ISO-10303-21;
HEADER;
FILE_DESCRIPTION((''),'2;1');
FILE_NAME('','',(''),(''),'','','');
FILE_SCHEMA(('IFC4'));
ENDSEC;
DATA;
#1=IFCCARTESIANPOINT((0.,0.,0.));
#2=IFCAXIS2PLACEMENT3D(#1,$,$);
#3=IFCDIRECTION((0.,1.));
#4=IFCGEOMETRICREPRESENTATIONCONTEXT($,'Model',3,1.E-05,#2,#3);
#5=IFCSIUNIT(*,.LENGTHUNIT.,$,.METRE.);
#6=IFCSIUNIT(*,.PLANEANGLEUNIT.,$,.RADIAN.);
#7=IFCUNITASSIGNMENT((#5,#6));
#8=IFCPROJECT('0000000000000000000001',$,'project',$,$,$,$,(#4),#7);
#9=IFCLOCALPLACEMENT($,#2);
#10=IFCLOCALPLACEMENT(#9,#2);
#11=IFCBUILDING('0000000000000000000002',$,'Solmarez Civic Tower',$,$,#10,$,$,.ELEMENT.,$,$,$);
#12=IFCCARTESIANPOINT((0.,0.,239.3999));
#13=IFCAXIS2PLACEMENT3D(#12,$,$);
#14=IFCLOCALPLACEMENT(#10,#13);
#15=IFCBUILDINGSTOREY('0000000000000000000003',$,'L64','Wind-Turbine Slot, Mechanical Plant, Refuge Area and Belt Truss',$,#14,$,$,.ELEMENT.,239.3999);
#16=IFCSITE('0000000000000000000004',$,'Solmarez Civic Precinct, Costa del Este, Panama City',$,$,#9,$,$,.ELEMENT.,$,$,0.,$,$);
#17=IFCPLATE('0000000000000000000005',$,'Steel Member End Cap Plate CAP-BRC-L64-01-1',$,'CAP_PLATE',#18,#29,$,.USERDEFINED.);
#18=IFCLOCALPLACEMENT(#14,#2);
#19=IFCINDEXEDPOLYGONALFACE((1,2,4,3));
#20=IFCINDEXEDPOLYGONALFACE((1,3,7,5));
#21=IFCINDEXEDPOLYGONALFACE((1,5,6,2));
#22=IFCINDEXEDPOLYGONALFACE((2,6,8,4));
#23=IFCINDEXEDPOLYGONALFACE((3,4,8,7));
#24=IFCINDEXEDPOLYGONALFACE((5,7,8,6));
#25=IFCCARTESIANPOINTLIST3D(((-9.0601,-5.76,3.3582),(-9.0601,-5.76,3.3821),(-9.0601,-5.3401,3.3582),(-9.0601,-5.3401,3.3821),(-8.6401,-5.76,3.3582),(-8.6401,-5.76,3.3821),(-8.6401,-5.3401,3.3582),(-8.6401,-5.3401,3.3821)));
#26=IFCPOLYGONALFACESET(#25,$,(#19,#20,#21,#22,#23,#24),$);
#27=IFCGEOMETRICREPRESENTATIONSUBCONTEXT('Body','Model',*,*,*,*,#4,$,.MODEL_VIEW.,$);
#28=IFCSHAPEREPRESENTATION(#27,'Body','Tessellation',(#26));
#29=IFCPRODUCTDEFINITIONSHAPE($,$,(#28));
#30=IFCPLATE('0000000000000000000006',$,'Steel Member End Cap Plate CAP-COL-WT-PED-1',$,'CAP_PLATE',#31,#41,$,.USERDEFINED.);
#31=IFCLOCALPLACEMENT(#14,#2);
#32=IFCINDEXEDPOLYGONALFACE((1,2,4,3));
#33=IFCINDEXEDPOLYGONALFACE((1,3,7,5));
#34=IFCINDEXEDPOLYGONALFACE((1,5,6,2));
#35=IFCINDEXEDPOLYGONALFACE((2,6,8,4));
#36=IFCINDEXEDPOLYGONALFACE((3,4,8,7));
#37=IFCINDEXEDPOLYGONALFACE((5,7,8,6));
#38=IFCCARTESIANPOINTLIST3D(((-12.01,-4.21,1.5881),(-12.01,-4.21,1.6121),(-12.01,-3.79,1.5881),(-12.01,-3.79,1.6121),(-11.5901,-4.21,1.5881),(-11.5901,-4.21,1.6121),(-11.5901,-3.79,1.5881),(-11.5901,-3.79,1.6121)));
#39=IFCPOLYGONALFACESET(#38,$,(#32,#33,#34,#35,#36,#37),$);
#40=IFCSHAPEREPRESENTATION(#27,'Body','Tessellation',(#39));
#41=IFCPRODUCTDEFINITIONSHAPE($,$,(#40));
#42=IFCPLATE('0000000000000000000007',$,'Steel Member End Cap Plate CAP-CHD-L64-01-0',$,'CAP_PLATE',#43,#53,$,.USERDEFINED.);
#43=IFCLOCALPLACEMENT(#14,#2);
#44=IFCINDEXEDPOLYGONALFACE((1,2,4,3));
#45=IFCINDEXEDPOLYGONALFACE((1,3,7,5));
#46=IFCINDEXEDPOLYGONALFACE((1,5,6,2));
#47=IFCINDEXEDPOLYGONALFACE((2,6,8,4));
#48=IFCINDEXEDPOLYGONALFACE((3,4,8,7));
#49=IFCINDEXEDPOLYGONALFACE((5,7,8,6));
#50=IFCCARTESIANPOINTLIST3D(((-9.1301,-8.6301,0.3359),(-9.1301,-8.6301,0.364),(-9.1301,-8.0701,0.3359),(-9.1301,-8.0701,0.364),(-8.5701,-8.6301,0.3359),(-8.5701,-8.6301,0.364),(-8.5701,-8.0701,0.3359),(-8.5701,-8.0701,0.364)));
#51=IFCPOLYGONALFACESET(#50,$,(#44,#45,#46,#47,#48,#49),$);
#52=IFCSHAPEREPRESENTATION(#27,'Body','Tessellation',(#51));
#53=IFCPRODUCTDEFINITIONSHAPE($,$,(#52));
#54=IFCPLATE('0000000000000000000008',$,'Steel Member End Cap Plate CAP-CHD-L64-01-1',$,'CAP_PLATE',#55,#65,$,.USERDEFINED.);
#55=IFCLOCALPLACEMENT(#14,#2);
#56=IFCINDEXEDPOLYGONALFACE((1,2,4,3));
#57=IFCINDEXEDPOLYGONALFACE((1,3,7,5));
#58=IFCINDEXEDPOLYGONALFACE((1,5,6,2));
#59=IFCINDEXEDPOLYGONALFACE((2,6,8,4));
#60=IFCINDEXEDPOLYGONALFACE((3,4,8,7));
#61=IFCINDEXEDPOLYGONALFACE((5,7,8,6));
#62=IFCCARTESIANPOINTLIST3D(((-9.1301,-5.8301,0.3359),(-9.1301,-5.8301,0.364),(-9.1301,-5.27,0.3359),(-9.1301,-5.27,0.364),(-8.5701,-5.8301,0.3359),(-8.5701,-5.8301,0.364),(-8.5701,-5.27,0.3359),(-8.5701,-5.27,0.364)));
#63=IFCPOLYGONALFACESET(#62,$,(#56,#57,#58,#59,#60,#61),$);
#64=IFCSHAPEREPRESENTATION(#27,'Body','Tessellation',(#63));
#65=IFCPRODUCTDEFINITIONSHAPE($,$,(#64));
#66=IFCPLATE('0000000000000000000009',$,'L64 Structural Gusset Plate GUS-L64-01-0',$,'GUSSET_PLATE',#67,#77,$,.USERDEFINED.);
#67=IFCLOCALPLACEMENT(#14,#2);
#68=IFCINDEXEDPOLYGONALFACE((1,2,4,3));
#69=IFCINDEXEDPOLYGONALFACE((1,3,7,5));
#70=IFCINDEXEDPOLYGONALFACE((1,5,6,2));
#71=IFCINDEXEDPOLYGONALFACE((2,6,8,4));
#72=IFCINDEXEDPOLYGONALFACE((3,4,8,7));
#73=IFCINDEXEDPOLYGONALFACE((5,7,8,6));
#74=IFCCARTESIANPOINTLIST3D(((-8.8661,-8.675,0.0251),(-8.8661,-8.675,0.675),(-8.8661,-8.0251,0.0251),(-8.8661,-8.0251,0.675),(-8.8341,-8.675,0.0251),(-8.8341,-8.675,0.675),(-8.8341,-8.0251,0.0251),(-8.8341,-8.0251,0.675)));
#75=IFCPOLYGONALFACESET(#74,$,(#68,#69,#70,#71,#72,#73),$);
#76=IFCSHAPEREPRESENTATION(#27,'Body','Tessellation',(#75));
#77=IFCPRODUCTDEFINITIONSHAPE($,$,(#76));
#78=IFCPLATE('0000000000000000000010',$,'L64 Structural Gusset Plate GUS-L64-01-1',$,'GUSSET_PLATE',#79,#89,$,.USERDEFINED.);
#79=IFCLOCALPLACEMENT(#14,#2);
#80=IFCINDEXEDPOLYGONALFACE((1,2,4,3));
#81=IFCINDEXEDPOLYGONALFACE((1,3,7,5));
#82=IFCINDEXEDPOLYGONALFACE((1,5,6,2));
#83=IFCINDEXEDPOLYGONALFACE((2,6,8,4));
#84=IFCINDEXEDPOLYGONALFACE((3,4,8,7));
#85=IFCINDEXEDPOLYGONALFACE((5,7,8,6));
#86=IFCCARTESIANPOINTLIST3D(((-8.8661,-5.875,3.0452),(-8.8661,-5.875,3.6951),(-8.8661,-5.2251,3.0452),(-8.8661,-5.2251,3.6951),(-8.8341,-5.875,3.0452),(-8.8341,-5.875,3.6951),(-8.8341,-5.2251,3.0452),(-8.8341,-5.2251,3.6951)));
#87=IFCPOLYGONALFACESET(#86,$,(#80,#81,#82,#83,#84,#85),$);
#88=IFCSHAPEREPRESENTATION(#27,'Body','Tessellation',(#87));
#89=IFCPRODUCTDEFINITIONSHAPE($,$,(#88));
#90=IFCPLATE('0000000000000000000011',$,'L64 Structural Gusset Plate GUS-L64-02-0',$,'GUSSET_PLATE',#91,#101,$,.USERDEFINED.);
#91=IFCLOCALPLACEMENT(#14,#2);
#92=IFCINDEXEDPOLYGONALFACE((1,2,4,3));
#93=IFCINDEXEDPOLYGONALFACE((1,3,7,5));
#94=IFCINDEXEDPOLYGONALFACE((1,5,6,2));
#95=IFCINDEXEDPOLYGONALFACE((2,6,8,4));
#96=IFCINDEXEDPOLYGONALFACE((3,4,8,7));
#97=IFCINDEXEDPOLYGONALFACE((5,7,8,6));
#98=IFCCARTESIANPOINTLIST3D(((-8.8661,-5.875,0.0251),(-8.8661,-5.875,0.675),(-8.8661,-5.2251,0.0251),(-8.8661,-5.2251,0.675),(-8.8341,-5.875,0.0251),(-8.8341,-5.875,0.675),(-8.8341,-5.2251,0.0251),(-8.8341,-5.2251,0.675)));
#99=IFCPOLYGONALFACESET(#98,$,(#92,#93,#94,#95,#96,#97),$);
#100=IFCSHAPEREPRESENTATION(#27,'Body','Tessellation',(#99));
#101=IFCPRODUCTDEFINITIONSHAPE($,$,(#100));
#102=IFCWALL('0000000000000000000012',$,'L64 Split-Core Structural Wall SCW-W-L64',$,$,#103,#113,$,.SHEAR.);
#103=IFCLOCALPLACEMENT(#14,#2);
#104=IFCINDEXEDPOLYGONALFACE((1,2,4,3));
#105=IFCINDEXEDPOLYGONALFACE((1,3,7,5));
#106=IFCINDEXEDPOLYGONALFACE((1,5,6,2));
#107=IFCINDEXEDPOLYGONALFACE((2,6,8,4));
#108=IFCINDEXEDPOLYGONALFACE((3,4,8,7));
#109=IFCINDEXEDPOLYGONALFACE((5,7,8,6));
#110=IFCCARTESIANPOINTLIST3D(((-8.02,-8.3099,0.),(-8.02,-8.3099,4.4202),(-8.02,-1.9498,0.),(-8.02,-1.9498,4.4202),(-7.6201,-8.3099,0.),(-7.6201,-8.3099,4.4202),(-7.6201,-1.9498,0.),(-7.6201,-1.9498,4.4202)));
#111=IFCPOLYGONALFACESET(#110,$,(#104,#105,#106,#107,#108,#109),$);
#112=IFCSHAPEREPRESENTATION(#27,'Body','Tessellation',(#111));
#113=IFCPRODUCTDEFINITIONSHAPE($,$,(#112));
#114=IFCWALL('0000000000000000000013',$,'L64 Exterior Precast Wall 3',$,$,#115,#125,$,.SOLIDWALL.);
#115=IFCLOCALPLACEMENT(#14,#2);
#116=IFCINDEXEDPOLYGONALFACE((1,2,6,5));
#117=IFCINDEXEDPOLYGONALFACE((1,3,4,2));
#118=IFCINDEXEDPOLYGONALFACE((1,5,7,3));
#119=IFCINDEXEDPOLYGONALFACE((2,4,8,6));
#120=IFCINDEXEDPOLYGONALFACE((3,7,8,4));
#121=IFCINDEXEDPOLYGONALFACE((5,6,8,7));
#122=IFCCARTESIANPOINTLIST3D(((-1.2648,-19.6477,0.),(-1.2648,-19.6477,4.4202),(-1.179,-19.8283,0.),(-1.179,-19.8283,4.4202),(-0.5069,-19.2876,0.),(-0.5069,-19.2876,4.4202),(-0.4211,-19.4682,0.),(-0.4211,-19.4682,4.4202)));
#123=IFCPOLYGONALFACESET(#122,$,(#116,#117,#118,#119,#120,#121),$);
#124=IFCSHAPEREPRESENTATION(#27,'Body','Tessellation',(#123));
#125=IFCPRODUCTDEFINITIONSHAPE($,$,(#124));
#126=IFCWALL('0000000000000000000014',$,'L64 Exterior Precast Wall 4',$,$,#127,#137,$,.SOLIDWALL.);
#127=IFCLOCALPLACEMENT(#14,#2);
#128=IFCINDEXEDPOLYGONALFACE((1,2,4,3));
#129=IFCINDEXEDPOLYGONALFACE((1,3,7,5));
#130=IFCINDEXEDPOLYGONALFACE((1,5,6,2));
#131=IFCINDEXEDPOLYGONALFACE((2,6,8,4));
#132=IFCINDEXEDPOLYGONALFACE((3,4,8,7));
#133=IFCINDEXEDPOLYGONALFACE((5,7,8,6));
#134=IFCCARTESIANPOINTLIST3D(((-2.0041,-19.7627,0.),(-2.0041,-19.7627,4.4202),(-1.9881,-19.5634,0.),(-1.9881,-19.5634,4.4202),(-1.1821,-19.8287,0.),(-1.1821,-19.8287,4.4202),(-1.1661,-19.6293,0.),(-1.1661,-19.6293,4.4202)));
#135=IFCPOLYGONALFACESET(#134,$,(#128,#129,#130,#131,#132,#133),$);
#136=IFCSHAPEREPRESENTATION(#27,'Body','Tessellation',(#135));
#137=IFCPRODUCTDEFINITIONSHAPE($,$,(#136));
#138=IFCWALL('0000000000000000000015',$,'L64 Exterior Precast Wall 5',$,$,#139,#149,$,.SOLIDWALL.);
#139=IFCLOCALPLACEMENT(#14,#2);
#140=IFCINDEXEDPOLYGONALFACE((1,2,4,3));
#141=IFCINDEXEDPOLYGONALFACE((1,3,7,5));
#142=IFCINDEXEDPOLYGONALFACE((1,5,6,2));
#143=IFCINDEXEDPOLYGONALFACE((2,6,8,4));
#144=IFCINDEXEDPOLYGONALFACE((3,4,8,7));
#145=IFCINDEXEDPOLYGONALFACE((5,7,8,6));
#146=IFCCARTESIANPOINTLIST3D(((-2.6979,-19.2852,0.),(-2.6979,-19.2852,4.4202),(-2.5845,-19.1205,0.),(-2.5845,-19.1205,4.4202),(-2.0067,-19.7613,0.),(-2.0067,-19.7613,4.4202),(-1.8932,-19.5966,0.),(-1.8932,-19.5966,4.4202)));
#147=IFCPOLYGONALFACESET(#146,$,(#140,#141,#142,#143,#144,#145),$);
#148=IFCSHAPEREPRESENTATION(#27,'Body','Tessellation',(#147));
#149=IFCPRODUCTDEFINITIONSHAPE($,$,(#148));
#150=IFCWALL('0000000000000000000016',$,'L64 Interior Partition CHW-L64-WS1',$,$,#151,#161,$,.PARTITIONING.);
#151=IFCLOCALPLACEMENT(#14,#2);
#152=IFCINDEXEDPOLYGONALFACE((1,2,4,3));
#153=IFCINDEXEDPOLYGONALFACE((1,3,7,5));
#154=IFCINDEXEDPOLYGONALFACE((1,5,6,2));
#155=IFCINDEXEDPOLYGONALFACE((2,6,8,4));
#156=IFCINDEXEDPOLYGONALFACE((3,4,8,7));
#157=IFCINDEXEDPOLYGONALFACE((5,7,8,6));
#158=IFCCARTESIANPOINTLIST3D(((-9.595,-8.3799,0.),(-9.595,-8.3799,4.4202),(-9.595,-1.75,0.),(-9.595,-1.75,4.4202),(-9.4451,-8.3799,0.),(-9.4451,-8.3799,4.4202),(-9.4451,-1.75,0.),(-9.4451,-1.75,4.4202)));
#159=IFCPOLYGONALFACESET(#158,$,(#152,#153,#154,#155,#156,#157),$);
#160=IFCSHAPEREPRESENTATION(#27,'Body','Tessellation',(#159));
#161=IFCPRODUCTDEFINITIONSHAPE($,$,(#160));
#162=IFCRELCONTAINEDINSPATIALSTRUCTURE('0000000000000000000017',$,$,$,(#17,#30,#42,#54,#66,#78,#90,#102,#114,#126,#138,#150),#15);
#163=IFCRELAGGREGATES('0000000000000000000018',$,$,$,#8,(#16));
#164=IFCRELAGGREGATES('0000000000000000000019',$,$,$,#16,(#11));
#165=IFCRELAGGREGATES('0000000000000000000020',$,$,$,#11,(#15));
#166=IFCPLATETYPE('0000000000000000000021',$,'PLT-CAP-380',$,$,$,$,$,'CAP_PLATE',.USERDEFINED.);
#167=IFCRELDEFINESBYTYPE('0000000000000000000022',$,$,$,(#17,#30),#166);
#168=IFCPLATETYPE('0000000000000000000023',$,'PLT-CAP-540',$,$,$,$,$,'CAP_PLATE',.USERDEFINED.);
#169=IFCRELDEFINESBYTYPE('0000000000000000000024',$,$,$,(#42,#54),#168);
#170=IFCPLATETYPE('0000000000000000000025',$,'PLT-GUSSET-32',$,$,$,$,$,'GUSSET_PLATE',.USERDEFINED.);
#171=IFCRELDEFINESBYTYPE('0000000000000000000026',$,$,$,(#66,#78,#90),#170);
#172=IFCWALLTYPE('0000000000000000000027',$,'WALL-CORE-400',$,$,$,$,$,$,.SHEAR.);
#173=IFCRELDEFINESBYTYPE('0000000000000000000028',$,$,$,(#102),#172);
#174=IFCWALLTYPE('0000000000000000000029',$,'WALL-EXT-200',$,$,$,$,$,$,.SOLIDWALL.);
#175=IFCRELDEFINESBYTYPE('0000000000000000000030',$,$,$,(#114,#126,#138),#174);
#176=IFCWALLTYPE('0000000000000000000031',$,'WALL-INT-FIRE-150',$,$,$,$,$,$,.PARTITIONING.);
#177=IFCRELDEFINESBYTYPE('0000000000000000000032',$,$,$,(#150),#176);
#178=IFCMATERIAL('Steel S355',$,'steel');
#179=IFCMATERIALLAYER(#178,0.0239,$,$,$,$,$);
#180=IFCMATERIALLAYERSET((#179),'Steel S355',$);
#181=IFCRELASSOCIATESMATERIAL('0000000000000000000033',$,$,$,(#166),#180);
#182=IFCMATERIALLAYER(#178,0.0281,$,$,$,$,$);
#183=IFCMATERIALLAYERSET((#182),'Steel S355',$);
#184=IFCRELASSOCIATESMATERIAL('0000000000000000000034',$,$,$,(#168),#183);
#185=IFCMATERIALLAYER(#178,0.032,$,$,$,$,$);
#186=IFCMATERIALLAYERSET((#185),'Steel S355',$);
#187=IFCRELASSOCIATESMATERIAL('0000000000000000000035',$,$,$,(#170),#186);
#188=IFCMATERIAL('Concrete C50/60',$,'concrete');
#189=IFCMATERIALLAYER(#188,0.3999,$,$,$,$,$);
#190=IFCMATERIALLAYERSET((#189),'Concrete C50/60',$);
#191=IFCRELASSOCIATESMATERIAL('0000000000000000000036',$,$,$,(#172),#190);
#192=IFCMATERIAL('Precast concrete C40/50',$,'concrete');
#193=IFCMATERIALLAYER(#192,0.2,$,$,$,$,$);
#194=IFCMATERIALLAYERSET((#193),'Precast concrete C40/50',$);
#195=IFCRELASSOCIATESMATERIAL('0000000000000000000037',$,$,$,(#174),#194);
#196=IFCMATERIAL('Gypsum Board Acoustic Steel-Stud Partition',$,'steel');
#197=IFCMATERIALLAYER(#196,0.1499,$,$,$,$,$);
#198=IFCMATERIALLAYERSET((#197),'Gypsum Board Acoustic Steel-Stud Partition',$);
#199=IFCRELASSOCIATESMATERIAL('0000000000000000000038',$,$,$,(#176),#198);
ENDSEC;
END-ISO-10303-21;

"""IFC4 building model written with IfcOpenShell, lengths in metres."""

from ifc_helpers import new_model, si_unit, direction, frame, frame_2d, origin, origin_2d, place, context, subcontext, project, spatial, rectangle, extrude, material, layer, layer_set, type_object, element, save


model = new_model("IFC4")

# Units and contexts
model_context = context("Model", 3, precision=1e-05, world=origin(), true_north=direction((0.0, 1.0)))
body_context = subcontext(model_context, "Body", "Model", "MODEL_VIEW")
ifc_project = project(units=[si_unit("LENGTHUNIT", "METRE"), si_unit("PLANEANGLEUNIT", "RADIAN")], contexts=[model_context])

# Site, building, storey
site_placement = place(None, origin())
site = spatial("IfcSite", under=ifc_project, at=site_placement, Name="Solmarez Civic Precinct, Costa del Este, Panama City", CompositionType="ELEMENT", RefElevation=0.0)
building_placement = place(site_placement, origin())
building = spatial("IfcBuilding", under=site, at=building_placement, Name="Solmarez Civic Tower", CompositionType="ELEMENT")
storey_placement = place(building_placement, frame((0.0, 0.0, 239.3999)))
storey = spatial("IfcBuildingStorey", under=building, at=storey_placement, Name="L64", Description="Wind-Turbine Slot, Mechanical Plant, Refuge Area and Belt Truss", CompositionType="ELEMENT", Elevation=239.3999)

# Shared definitions
ifc_material_1 = material(Name="Steel S355", Category="steel")
ifc_material_2 = material(Name="Concrete C50/60", Category="concrete")

# Plates
ifc_layer_1 = layer(ifc_material_1, 0.0239)
ifc_layer_set_1 = layer_set([ifc_layer_1], Name="Steel S355")
plate_type_1 = type_object("IfcPlateType", Name="PLT-CAP-380", ElementType="CAP_PLATE", PredefinedType="USERDEFINED", material=ifc_layer_set_1)
for number, where, z_axis, x_axis, name in (
    (1, (-8.8501, -5.55, 3.3582), (0.0, 0.0, 1.0), (1.0, 0.0, 0.0), "Steel Member End Cap Plate CAP-BRC-L64-01-1"),
    (2, (-11.8, -4.0, 1.5881), (0.0, 0.0, 1.0), (1.0, 0.0, 0.0), "Steel Member End Cap Plate CAP-COL-WT-PED-1"),
):
    element("IfcPlate", number, at=place(storey_placement, frame(where, z_axis=z_axis, x_axis=x_axis)), inside=storey, type_object=plate_type_1, Name=name, ObjectType="CAP_PLATE", PredefinedType="USERDEFINED", context=body_context, shape_type="SweptSolid", body=[
        extrude(rectangle(XDim=0.4199, YDim=0.4199, at=origin_2d()), origin(), (0.0, 0.0, 1.0), 0.0239),
    ])
ifc_layer_2 = layer(ifc_material_1, 0.0281)
ifc_layer_set_2 = layer_set([ifc_layer_2], Name="Steel S355")
plate_type_2 = type_object("IfcPlateType", Name="PLT-CAP-540", ElementType="CAP_PLATE", PredefinedType="USERDEFINED", material=ifc_layer_set_2)
for number, where, z_axis, x_axis, name in (
    (3, (-8.8501, -8.3501, 0.3359), (0.0, 0.0, 1.0), (1.0, 0.0, 0.0), "Steel Member End Cap Plate CAP-CHD-L64-01-0"),
    (4, (-8.8501, -5.55, 0.3359), (0.0, 0.0, 1.0), (1.0, 0.0, 0.0), "Steel Member End Cap Plate CAP-CHD-L64-01-1"),
):
    element("IfcPlate", number, at=place(storey_placement, frame(where, z_axis=z_axis, x_axis=x_axis)), inside=storey, type_object=plate_type_2, Name=name, ObjectType="CAP_PLATE", PredefinedType="USERDEFINED", context=body_context, shape_type="SweptSolid", body=[
        extrude(rectangle(XDim=0.5601, YDim=0.5601, at=origin_2d()), origin(), (0.0, 0.0, 1.0), 0.0281),
    ])
ifc_layer_3 = layer(ifc_material_1, 0.032)
ifc_layer_set_3 = layer_set([ifc_layer_3], Name="Steel S355")
plate_type_3 = type_object("IfcPlateType", Name="PLT-GUSSET-32", ElementType="GUSSET_PLATE", PredefinedType="USERDEFINED", material=ifc_layer_set_3)
for number, where, z_axis, x_axis, name in (
    (5, (-8.8501, -8.3501, 0.0251), (0.0, 0.0, 1.0), (0.0, 1.0, 0.0), "L64 Structural Gusset Plate GUS-L64-01-0"),
    (6, (-8.8501, -5.55, 3.0452), (0.0, 0.0, 1.0), (0.0, 1.0, 0.0), "L64 Structural Gusset Plate GUS-L64-01-1"),
    (7, (-8.8501, -5.55, 0.0251), (0.0, 0.0, 1.0), (0.0, 1.0, 0.0), "L64 Structural Gusset Plate GUS-L64-02-0"),
):
    element("IfcPlate", number, at=place(storey_placement, frame(where, z_axis=z_axis, x_axis=x_axis)), inside=storey, type_object=plate_type_3, Name=name, ObjectType="GUSSET_PLATE", PredefinedType="USERDEFINED", context=body_context, shape_type="SweptSolid", body=[
        extrude(rectangle(XDim=0.6499, YDim=0.032, at=origin_2d()), origin(), (0.0, 0.0, 1.0), 0.6499),
    ])

# Walls
ifc_layer_4 = layer(ifc_material_2, 0.3999)
ifc_layer_set_4 = layer_set([ifc_layer_4], Name="Concrete C50/60")
wall_type_1 = type_object("IfcWallType", Name="WALL-CORE-400", PredefinedType="SHEAR", material=ifc_layer_set_4)
wall_1_placement = place(storey_placement, frame((-7.8201, -8.3101, 0.0), z_axis=(0.0, 0.0, 1.0), x_axis=(0.0, 1.0, 0.0)))
element("IfcWall", 8, at=wall_1_placement, inside=storey, type_object=wall_type_1, Name="L64 Split-Core Structural Wall SCW-W-L64", PredefinedType="SHEAR", context=body_context, shape_type="SweptSolid", body=[
    extrude(rectangle(XDim=6.3601, YDim=0.3999, at=frame_2d((3.1802, 0.0))), origin(), (0.0, 0.0, 1.0), 4.4202),
])
ifc_material_3 = material(Name="Precast concrete C40/50", Category="concrete")
ifc_layer_5 = layer(ifc_material_3, 0.2)
ifc_layer_set_5 = layer_set([ifc_layer_5], Name="Precast concrete C40/50")
wall_type_2 = type_object("IfcWallType", Name="WALL-EXT-200", PredefinedType="SOLIDWALL", material=ifc_layer_set_5)
wall_2_placement = place(storey_placement, frame((-0.4641, -19.3779, 0.0), z_axis=(0.0, 0.0, 1.0), x_axis=(-0.90321, -0.429199, 0.0)))
element("IfcWall", 9, at=wall_2_placement, inside=storey, type_object=wall_type_2, Name="L64 Exterior Precast Wall 3", PredefinedType="SOLIDWALL", context=body_context, shape_type="SweptSolid", body=[
    extrude(rectangle(XDim=0.8391, YDim=0.2, at=frame_2d((0.4194, 0.0))), origin(), (0.0, 0.0, 1.0), 4.4202),
])
wall_3_placement = place(storey_placement, frame((-1.1741, -19.729, 0.0), z_axis=(0.0, 0.0, 1.0), x_axis=(-0.9968, 0.079933, 0.0)))
element("IfcWall", 10, at=wall_3_placement, inside=storey, type_object=wall_type_2, Name="L64 Exterior Precast Wall 4", PredefinedType="SOLIDWALL", context=body_context, shape_type="SweptSolid", body=[
    extrude(rectangle(XDim=0.8247, YDim=0.2, at=frame_2d((0.4124, 0.0))), origin(), (0.0, 0.0, 1.0), 4.4202),
])
wall_4_placement = place(storey_placement, frame((-1.95, -19.679, 0.0), z_axis=(0.0, 0.0, 1.0), x_axis=(-0.823541, 0.567257, 0.0)))
element("IfcWall", 11, at=wall_4_placement, inside=storey, type_object=wall_type_2, Name="L64 Exterior Precast Wall 5", PredefinedType="SOLIDWALL", context=body_context, shape_type="SweptSolid", body=[
    extrude(rectangle(XDim=0.8394, YDim=0.2, at=frame_2d((0.4197, 0.0))), origin(), (0.0, 0.0, 1.0), 4.4202),
])
ifc_material_4 = material(Name="Gypsum Board Acoustic Steel-Stud Partition", Category="steel")
ifc_layer_6 = layer(ifc_material_4, 0.1499)
ifc_layer_set_6 = layer_set([ifc_layer_6], Name="Gypsum Board Acoustic Steel-Stud Partition")
wall_type_3 = type_object("IfcWallType", Name="WALL-INT-FIRE-150", PredefinedType="PARTITIONING", material=ifc_layer_set_6)
wall_5_placement = place(storey_placement, frame((-9.52, -8.3799, 0.0), z_axis=(0.0, 0.0, 1.0), x_axis=(0.0, 1.0, 0.0)))
element("IfcWall", 12, at=wall_5_placement, inside=storey, type_object=wall_type_3, Name="L64 Interior Partition CHW-L64-WS1", PredefinedType="PARTITIONING", context=body_context, shape_type="SweptSolid", body=[
    extrude(rectangle(XDim=6.6299, YDim=0.1499, at=frame_2d((3.3149, 0.0))), origin(), (0.0, 0.0, 1.0), 4.4202),
])

save(model, "model.ifc")
